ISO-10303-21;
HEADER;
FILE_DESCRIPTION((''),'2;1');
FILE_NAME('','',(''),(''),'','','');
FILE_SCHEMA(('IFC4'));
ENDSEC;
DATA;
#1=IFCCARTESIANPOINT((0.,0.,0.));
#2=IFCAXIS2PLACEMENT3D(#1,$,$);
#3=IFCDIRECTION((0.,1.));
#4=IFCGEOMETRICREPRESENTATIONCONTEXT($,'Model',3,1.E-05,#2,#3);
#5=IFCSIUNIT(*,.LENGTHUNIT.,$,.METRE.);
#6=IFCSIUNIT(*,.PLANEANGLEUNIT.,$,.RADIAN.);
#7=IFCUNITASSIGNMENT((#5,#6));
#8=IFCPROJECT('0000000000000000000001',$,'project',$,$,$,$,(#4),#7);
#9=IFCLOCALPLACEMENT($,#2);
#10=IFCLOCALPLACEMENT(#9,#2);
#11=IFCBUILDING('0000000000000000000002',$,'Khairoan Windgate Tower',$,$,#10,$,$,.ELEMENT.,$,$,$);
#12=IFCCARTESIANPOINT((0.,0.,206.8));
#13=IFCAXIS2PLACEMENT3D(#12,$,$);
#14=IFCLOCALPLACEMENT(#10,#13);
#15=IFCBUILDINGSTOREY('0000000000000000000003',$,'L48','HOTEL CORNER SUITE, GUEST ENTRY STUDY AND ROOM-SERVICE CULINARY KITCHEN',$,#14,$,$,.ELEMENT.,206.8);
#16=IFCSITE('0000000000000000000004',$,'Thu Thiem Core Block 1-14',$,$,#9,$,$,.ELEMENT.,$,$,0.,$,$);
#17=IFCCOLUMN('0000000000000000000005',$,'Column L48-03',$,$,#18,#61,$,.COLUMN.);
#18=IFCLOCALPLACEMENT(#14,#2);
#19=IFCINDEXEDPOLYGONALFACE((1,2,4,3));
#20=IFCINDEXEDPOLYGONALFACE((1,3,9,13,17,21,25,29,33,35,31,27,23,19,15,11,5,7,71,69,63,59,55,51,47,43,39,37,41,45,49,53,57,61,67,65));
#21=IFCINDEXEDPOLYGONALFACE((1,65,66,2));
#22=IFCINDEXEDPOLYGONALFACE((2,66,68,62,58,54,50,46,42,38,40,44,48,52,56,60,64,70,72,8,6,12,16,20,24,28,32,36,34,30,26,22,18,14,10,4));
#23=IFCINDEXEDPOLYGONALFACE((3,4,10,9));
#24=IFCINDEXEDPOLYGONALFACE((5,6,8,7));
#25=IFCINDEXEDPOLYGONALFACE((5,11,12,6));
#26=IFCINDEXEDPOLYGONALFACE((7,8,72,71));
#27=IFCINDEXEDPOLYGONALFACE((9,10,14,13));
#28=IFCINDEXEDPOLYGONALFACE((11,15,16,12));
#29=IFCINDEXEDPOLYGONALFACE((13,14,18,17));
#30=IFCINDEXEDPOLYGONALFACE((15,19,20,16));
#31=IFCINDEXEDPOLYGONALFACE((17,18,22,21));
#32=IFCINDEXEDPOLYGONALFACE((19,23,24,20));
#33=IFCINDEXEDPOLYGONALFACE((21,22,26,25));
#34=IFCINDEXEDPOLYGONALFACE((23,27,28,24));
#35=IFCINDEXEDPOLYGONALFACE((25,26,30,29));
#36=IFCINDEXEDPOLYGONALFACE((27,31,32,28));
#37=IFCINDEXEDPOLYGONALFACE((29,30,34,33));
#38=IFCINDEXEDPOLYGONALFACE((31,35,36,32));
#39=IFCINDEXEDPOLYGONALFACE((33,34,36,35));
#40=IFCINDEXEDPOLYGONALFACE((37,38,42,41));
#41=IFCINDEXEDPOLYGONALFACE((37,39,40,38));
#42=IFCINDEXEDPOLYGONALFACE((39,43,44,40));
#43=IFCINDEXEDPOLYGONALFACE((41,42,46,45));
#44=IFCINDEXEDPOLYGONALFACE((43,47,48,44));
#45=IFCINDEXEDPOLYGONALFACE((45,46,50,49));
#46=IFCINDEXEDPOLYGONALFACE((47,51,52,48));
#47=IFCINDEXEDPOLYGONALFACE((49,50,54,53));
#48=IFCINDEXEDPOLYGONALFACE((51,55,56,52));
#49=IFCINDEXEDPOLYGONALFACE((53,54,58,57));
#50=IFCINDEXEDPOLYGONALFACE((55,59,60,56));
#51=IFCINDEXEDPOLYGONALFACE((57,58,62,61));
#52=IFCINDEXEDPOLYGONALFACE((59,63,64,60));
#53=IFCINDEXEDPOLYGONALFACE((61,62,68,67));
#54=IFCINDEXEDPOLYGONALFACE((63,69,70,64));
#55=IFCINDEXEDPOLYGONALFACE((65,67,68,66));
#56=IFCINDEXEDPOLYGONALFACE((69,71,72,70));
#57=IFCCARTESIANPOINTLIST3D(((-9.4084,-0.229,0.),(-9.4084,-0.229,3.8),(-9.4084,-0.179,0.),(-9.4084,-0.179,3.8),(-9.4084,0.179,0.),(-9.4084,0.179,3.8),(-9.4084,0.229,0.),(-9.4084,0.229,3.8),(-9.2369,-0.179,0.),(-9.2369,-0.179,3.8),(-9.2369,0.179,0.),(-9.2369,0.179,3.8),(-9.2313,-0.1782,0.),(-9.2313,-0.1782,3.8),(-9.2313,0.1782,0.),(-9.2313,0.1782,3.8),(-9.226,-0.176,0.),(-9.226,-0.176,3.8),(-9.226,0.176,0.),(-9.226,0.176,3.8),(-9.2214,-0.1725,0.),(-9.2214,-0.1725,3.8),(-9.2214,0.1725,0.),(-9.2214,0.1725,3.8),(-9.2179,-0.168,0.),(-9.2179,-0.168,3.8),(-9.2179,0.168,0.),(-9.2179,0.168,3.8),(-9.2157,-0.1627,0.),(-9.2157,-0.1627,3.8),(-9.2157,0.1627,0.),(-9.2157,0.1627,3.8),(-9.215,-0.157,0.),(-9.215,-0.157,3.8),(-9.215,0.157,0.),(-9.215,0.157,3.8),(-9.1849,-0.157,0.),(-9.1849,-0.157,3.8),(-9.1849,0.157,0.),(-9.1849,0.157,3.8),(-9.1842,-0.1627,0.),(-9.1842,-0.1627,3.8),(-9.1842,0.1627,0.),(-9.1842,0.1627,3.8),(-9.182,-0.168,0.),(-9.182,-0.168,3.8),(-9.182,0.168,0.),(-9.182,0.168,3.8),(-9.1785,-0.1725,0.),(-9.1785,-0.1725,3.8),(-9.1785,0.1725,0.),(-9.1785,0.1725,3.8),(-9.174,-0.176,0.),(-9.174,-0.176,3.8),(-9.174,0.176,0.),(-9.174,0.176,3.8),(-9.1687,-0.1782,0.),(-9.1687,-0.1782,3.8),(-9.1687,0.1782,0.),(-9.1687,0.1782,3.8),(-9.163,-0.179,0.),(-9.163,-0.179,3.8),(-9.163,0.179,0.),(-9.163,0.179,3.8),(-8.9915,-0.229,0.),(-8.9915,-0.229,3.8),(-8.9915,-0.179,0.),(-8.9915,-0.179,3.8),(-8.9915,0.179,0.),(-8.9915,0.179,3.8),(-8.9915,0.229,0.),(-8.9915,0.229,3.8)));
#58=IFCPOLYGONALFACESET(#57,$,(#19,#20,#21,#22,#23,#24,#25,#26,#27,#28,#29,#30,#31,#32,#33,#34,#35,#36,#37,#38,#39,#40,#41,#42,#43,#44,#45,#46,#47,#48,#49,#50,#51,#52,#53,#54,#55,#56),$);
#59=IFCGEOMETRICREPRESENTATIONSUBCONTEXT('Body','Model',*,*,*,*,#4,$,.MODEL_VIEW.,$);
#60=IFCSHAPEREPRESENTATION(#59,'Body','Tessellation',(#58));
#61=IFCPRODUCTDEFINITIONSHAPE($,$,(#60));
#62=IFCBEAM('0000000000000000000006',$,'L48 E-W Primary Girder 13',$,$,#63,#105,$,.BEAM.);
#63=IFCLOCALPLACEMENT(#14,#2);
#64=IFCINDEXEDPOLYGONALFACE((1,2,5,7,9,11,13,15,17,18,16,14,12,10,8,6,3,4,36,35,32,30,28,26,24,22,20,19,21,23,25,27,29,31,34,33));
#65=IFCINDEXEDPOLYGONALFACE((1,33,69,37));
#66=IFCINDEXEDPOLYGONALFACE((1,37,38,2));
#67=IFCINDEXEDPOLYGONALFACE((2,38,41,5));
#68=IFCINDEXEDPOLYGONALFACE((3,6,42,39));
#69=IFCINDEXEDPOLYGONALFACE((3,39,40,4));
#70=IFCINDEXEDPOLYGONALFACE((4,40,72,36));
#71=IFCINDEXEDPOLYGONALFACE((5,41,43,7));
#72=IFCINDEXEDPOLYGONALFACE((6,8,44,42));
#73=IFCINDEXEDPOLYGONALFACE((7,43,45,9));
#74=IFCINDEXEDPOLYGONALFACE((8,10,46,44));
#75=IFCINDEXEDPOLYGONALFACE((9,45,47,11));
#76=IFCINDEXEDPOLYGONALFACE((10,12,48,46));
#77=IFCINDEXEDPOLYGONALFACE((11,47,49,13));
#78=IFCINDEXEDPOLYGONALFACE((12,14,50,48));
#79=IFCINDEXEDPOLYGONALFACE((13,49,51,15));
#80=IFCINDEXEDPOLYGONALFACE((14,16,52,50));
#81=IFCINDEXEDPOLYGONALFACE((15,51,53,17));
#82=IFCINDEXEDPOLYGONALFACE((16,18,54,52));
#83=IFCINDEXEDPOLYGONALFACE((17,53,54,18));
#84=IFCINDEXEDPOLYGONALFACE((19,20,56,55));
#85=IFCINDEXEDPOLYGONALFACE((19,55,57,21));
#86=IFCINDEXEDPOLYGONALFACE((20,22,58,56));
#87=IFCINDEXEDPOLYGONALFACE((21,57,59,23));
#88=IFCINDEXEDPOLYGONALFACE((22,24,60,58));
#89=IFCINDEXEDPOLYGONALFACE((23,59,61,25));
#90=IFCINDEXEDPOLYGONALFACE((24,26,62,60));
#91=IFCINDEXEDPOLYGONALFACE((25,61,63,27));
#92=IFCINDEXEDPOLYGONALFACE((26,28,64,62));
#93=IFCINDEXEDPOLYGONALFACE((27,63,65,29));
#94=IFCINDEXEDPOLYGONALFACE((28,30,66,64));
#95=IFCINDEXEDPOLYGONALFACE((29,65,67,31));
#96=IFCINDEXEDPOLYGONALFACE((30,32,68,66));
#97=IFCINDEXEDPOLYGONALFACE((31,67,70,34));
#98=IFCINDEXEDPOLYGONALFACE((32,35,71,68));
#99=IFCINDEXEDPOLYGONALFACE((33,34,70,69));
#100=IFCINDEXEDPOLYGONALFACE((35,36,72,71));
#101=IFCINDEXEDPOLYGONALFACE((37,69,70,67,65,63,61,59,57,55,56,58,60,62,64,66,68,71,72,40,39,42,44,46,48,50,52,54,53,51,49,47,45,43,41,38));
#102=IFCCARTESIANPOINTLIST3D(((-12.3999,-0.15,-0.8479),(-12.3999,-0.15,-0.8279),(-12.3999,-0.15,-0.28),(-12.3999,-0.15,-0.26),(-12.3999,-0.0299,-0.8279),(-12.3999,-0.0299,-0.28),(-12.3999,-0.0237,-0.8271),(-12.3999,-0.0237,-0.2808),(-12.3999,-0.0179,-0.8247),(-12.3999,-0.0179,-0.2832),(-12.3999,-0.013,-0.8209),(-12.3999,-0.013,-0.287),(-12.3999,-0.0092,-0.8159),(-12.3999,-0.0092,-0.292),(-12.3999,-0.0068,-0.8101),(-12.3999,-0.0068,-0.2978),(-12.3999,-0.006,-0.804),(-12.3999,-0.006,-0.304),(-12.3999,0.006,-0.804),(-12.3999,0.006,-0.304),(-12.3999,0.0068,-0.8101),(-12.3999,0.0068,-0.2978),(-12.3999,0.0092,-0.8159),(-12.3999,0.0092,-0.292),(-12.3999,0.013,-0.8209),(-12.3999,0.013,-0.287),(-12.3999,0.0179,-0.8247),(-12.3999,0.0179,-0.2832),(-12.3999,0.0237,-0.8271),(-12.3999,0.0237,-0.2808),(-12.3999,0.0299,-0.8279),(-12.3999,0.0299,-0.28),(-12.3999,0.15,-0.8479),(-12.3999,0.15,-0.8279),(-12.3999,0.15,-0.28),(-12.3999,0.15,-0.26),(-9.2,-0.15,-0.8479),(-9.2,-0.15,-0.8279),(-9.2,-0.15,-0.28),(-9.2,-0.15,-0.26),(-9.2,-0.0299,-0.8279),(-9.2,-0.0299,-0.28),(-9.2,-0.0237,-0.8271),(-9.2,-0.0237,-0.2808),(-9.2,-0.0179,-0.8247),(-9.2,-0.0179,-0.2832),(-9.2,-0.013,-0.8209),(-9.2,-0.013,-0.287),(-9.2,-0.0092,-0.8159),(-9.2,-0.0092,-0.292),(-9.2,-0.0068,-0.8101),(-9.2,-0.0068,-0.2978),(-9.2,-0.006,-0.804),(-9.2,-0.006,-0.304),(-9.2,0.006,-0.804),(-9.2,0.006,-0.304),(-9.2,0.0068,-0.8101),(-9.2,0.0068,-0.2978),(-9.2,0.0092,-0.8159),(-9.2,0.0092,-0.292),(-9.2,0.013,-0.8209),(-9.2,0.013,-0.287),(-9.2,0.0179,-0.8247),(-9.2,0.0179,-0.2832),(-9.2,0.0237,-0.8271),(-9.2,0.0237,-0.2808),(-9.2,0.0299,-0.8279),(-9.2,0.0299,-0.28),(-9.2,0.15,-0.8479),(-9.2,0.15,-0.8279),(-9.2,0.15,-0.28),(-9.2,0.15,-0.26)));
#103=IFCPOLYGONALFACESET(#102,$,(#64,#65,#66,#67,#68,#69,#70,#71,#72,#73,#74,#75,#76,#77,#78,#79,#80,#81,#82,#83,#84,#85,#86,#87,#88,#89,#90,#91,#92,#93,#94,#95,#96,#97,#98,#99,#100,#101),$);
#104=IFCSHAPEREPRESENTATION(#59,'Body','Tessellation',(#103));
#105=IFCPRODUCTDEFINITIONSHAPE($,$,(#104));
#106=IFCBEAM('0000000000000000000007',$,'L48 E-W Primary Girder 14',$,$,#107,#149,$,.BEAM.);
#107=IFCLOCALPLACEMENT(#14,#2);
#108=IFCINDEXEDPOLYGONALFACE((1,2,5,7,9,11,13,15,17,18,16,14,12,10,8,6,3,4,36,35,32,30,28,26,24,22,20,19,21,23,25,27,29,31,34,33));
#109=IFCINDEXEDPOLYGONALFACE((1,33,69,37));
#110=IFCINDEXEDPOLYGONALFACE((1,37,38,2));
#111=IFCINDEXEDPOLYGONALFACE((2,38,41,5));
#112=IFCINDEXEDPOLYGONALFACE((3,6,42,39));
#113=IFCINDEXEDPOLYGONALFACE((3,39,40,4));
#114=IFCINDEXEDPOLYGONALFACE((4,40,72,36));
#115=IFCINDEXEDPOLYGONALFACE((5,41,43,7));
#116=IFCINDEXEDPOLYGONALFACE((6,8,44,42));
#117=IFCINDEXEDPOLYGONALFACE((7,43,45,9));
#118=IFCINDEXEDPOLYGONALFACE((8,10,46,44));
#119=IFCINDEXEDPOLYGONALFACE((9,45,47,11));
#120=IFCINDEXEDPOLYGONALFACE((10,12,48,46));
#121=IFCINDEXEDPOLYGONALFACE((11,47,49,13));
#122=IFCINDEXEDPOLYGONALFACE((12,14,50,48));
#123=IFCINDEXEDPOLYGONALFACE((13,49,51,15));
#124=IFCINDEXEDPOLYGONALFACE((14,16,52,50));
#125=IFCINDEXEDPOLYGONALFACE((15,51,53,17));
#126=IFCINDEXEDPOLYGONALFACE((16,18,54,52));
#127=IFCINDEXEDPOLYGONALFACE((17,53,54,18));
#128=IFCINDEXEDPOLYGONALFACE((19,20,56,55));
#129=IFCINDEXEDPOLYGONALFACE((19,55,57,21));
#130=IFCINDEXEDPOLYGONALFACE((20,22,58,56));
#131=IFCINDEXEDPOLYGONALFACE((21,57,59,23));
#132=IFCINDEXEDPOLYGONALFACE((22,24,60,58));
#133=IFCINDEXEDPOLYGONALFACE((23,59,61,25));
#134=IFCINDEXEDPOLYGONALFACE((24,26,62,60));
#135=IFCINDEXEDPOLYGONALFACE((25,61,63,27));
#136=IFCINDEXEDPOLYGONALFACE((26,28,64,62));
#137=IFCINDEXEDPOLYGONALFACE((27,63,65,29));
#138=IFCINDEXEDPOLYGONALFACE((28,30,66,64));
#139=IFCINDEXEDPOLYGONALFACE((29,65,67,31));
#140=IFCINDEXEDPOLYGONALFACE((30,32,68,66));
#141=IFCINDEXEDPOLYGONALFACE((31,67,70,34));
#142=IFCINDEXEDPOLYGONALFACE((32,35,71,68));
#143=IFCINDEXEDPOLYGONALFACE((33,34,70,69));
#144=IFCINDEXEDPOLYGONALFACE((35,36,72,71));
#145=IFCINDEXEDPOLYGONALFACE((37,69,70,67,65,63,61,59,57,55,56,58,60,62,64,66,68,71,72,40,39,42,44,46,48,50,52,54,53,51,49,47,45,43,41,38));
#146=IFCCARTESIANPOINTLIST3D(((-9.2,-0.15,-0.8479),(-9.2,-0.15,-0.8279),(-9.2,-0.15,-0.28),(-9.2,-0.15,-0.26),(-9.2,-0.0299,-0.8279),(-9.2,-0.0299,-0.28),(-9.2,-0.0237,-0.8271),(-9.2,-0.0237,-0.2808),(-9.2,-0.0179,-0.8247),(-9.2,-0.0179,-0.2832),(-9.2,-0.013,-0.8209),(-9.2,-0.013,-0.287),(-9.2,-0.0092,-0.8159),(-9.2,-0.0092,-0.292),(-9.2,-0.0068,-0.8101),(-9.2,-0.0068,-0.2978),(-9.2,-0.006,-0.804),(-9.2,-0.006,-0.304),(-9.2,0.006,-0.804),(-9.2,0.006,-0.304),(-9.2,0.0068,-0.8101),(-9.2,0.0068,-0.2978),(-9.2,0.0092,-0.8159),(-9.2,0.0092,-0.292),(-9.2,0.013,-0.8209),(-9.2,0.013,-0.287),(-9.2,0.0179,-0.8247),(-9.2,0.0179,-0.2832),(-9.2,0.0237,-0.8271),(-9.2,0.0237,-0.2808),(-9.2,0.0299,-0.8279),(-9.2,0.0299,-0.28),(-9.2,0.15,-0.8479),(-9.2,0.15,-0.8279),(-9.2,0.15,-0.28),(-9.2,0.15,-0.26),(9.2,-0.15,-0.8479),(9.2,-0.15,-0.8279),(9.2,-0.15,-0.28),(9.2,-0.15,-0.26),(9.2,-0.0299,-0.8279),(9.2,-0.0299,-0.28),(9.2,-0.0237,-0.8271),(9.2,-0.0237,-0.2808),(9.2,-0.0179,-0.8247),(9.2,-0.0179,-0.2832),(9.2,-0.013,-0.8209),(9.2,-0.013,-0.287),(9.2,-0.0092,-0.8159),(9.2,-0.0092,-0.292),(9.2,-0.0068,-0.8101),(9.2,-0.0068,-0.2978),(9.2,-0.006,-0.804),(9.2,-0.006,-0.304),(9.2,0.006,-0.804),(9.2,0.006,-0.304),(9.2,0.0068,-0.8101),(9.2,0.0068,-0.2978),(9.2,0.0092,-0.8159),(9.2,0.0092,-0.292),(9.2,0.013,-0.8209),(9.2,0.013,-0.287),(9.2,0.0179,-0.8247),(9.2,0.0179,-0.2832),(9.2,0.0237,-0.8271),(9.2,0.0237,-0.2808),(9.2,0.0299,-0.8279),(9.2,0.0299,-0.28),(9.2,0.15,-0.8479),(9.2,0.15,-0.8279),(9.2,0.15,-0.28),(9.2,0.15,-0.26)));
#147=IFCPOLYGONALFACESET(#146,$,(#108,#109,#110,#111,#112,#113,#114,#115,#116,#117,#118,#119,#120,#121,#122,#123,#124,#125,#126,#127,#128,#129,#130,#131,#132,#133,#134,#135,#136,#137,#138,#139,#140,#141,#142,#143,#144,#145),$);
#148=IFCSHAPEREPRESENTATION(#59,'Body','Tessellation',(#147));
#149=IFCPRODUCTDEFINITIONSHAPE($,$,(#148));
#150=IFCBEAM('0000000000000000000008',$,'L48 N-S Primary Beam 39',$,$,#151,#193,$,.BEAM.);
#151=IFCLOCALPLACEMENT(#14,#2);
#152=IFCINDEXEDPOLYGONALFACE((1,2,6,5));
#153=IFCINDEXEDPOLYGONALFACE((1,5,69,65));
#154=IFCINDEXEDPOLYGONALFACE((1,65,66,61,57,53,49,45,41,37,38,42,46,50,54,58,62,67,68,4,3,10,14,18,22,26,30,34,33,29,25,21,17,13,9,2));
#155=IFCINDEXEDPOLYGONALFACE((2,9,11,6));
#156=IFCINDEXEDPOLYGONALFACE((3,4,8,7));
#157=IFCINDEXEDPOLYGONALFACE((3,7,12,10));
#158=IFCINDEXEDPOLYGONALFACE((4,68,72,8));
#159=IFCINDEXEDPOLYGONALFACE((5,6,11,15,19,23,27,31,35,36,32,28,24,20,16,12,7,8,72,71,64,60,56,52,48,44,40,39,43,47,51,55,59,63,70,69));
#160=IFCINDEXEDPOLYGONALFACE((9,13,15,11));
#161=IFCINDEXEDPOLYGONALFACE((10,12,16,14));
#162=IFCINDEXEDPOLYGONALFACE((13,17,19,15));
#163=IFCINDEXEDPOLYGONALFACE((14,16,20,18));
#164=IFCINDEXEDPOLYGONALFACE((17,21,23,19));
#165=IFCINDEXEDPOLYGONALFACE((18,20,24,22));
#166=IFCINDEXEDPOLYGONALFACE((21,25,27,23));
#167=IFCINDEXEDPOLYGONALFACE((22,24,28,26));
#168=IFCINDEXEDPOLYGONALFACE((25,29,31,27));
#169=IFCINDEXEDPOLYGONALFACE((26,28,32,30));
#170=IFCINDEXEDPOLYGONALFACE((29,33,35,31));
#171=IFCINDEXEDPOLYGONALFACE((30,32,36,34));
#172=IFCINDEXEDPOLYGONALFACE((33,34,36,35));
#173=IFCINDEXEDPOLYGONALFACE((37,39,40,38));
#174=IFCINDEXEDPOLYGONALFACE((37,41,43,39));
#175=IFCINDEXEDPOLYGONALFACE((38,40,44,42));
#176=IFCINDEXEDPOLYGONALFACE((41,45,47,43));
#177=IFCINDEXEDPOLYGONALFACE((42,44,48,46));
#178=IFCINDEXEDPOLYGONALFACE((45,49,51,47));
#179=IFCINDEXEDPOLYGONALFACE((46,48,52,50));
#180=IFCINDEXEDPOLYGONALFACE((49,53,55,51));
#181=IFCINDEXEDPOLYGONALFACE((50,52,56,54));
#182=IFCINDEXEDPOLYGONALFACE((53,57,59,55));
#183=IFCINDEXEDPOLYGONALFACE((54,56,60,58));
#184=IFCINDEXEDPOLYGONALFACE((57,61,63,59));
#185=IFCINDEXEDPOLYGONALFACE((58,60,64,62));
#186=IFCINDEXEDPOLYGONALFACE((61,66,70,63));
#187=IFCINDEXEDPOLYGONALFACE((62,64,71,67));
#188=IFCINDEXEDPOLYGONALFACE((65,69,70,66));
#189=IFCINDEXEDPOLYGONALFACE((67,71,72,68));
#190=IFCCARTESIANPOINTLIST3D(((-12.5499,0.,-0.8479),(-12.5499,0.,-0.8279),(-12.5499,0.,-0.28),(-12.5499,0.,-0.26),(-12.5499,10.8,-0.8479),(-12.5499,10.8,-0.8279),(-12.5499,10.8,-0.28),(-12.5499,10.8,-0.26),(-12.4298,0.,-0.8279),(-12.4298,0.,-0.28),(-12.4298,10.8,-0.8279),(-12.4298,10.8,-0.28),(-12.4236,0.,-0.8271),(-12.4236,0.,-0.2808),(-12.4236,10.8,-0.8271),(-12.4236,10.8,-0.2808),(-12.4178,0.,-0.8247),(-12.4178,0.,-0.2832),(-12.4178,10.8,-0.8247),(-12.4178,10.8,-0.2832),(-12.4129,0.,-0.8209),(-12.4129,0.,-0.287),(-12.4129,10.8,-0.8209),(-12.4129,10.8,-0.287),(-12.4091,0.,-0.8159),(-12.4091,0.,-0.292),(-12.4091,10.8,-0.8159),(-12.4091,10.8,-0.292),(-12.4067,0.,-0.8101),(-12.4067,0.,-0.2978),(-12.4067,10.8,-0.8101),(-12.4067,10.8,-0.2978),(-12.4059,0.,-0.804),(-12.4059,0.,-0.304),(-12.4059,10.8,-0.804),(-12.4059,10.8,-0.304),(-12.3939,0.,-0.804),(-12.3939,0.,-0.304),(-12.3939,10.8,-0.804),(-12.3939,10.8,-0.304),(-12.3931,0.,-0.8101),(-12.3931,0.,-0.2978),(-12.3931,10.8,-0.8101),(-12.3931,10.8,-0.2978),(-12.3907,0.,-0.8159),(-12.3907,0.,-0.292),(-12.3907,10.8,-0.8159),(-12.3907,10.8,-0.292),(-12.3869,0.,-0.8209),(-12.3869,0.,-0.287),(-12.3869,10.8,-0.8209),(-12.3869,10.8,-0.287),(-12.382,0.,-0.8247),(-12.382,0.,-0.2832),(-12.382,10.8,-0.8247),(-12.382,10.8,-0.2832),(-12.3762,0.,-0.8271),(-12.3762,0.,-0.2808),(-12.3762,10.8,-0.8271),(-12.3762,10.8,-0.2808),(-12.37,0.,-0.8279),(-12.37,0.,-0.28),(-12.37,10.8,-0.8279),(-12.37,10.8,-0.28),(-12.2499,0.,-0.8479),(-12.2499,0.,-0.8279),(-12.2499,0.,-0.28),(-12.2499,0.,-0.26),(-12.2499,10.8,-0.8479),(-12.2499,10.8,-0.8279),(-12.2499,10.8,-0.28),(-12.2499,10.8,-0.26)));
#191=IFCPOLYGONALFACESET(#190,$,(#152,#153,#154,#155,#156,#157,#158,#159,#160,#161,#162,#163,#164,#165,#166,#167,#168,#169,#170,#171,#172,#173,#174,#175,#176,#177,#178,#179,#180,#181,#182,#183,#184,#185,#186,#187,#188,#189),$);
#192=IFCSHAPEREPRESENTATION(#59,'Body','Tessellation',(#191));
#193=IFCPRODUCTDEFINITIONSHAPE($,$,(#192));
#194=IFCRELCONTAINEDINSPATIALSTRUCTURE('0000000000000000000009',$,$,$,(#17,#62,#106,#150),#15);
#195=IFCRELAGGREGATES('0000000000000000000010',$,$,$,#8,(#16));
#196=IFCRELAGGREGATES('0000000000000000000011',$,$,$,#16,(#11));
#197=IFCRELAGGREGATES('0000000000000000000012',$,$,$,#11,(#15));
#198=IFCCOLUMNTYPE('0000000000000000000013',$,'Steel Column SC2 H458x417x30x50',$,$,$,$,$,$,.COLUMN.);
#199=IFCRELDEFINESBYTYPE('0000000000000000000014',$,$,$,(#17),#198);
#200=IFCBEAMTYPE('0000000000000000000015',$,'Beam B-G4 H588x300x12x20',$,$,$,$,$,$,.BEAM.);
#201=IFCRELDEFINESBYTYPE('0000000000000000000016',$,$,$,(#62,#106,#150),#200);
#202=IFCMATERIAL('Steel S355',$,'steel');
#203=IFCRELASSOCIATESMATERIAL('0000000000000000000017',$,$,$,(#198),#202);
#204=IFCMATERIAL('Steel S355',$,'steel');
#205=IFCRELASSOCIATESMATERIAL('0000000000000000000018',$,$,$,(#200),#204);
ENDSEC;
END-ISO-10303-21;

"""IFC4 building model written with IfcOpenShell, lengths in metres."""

from ifc_helpers import new_model, si_unit, direction, frame, origin, origin_2d, place, context, subcontext, project, spatial, i_section, extrude, material, material_profile, profile_set, type_object, element, save


model = new_model("IFC4")

# Units and contexts
model_context = context("Model", 3, precision=1e-05, world=origin(), true_north=direction((0.0, 1.0)))
body_context = subcontext(model_context, "Body", "Model", "MODEL_VIEW")
ifc_project = project(units=[si_unit("LENGTHUNIT", "METRE"), si_unit("PLANEANGLEUNIT", "RADIAN")], contexts=[model_context])

# Site, building, storey
site_placement = place(None, origin())
site = spatial("IfcSite", under=ifc_project, at=site_placement, Name="Thu Thiem Core Block 1-14", CompositionType="ELEMENT", RefElevation=0.0)
building_placement = place(site_placement, origin())
building = spatial("IfcBuilding", under=site, at=building_placement, Name="Khairoan Windgate Tower", CompositionType="ELEMENT")
storey_placement = place(building_placement, frame((0.0, 0.0, 206.8)))
storey = spatial("IfcBuildingStorey", under=building, at=storey_placement, Name="L48", Description="HOTEL CORNER SUITE, GUEST ENTRY STUDY AND ROOM-SERVICE CULINARY KITCHEN", CompositionType="ELEMENT", Elevation=206.8)

# Column
ifc_material_1 = material(Name="Steel S355", Category="steel")
ifc_material_profile_1 = material_profile(ifc_material_1, i_section(OverallWidth=0.417, OverallDepth=0.458, WebThickness=0.03, FlangeThickness=0.05, FilletRadius=0.022, at=origin_2d()))
ifc_profile_set_1 = profile_set([ifc_material_profile_1], Name="Steel S355")
column_type = type_object("IfcColumnType", Name="Steel Column SC2 H458x417x30x50", PredefinedType="COLUMN", material=ifc_profile_set_1)
column_placement = place(storey_placement, frame((-9.2, 0.0, 0.0), z_axis=(0.0, 0.0, 1.0), x_axis=(1.0, 0.0, 0.0)))
element("IfcColumn", 1, at=column_placement, inside=storey, type_object=column_type, Name="Column L48-03", PredefinedType="COLUMN", context=body_context, shape_type="SweptSolid", body=[
    extrude(i_section(OverallWidth=0.417, OverallDepth=0.458, WebThickness=0.03, FlangeThickness=0.05, FilletRadius=0.022, at=origin_2d()), origin(), (0.0, 0.0, 1.0), 3.8),
])

# Beams
ifc_material_2 = material(Name="Steel S355", Category="steel")
ifc_material_profile_2 = material_profile(ifc_material_2, i_section(OverallWidth=0.3, OverallDepth=0.5879, WebThickness=0.012, FlangeThickness=0.02, FilletRadius=0.0239, at=origin_2d()))
ifc_profile_set_2 = profile_set([ifc_material_profile_2], Name="Steel S355")
beam_type_1 = type_object("IfcBeamType", Name="Beam B-G4 H588x300x12x20", PredefinedType="BEAM", material=ifc_profile_set_2)
beam_1_placement = place(storey_placement, frame((-12.3999, 0.0, -0.554), z_axis=(1.0, 0.0, 0.0), x_axis=(0.0, 1.0, 0.0)))
element("IfcBeam", 2, at=beam_1_placement, inside=storey, type_object=beam_type_1, Name="L48 E-W Primary Girder 13", PredefinedType="BEAM", context=body_context, shape_type="SweptSolid", body=[
    extrude(i_section(OverallWidth=0.3, OverallDepth=0.5879, WebThickness=0.012, FlangeThickness=0.02, FilletRadius=0.0239, at=origin_2d()), origin(), (0.0, 0.0, 1.0), 3.2),
])
beam_2_placement = place(storey_placement, frame((-9.2, 0.0, -0.554), z_axis=(1.0, 0.0, 0.0), x_axis=(0.0, 1.0, 0.0)))
element("IfcBeam", 3, at=beam_2_placement, inside=storey, type_object=beam_type_1, Name="L48 E-W Primary Girder 14", PredefinedType="BEAM", context=body_context, shape_type="SweptSolid", body=[
    extrude(i_section(OverallWidth=0.3, OverallDepth=0.5879, WebThickness=0.012, FlangeThickness=0.02, FilletRadius=0.0239, at=origin_2d()), origin(), (0.0, 0.0, 1.0), 18.3999),
])
for number, where, z_axis, x_axis, name in (
    (4, (-12.3999, 0.0, -0.554), (0.0, 1.0, 0.0), (-1.0, 0.0, 0.0), "L48 N-S Primary Beam 39"),
):
    element("IfcBeam", number, at=place(storey_placement, frame(where, z_axis=z_axis, x_axis=x_axis)), inside=storey, type_object=beam_type_1, Name=name, PredefinedType="BEAM", context=body_context, shape_type="SweptSolid", body=[
        extrude(i_section(OverallWidth=0.3, OverallDepth=0.5879, WebThickness=0.012, FlangeThickness=0.02, FilletRadius=0.0239, at=origin_2d()), origin(), (0.0, 0.0, 1.0), 10.8),
    ])

save(model, "model.ifc")
